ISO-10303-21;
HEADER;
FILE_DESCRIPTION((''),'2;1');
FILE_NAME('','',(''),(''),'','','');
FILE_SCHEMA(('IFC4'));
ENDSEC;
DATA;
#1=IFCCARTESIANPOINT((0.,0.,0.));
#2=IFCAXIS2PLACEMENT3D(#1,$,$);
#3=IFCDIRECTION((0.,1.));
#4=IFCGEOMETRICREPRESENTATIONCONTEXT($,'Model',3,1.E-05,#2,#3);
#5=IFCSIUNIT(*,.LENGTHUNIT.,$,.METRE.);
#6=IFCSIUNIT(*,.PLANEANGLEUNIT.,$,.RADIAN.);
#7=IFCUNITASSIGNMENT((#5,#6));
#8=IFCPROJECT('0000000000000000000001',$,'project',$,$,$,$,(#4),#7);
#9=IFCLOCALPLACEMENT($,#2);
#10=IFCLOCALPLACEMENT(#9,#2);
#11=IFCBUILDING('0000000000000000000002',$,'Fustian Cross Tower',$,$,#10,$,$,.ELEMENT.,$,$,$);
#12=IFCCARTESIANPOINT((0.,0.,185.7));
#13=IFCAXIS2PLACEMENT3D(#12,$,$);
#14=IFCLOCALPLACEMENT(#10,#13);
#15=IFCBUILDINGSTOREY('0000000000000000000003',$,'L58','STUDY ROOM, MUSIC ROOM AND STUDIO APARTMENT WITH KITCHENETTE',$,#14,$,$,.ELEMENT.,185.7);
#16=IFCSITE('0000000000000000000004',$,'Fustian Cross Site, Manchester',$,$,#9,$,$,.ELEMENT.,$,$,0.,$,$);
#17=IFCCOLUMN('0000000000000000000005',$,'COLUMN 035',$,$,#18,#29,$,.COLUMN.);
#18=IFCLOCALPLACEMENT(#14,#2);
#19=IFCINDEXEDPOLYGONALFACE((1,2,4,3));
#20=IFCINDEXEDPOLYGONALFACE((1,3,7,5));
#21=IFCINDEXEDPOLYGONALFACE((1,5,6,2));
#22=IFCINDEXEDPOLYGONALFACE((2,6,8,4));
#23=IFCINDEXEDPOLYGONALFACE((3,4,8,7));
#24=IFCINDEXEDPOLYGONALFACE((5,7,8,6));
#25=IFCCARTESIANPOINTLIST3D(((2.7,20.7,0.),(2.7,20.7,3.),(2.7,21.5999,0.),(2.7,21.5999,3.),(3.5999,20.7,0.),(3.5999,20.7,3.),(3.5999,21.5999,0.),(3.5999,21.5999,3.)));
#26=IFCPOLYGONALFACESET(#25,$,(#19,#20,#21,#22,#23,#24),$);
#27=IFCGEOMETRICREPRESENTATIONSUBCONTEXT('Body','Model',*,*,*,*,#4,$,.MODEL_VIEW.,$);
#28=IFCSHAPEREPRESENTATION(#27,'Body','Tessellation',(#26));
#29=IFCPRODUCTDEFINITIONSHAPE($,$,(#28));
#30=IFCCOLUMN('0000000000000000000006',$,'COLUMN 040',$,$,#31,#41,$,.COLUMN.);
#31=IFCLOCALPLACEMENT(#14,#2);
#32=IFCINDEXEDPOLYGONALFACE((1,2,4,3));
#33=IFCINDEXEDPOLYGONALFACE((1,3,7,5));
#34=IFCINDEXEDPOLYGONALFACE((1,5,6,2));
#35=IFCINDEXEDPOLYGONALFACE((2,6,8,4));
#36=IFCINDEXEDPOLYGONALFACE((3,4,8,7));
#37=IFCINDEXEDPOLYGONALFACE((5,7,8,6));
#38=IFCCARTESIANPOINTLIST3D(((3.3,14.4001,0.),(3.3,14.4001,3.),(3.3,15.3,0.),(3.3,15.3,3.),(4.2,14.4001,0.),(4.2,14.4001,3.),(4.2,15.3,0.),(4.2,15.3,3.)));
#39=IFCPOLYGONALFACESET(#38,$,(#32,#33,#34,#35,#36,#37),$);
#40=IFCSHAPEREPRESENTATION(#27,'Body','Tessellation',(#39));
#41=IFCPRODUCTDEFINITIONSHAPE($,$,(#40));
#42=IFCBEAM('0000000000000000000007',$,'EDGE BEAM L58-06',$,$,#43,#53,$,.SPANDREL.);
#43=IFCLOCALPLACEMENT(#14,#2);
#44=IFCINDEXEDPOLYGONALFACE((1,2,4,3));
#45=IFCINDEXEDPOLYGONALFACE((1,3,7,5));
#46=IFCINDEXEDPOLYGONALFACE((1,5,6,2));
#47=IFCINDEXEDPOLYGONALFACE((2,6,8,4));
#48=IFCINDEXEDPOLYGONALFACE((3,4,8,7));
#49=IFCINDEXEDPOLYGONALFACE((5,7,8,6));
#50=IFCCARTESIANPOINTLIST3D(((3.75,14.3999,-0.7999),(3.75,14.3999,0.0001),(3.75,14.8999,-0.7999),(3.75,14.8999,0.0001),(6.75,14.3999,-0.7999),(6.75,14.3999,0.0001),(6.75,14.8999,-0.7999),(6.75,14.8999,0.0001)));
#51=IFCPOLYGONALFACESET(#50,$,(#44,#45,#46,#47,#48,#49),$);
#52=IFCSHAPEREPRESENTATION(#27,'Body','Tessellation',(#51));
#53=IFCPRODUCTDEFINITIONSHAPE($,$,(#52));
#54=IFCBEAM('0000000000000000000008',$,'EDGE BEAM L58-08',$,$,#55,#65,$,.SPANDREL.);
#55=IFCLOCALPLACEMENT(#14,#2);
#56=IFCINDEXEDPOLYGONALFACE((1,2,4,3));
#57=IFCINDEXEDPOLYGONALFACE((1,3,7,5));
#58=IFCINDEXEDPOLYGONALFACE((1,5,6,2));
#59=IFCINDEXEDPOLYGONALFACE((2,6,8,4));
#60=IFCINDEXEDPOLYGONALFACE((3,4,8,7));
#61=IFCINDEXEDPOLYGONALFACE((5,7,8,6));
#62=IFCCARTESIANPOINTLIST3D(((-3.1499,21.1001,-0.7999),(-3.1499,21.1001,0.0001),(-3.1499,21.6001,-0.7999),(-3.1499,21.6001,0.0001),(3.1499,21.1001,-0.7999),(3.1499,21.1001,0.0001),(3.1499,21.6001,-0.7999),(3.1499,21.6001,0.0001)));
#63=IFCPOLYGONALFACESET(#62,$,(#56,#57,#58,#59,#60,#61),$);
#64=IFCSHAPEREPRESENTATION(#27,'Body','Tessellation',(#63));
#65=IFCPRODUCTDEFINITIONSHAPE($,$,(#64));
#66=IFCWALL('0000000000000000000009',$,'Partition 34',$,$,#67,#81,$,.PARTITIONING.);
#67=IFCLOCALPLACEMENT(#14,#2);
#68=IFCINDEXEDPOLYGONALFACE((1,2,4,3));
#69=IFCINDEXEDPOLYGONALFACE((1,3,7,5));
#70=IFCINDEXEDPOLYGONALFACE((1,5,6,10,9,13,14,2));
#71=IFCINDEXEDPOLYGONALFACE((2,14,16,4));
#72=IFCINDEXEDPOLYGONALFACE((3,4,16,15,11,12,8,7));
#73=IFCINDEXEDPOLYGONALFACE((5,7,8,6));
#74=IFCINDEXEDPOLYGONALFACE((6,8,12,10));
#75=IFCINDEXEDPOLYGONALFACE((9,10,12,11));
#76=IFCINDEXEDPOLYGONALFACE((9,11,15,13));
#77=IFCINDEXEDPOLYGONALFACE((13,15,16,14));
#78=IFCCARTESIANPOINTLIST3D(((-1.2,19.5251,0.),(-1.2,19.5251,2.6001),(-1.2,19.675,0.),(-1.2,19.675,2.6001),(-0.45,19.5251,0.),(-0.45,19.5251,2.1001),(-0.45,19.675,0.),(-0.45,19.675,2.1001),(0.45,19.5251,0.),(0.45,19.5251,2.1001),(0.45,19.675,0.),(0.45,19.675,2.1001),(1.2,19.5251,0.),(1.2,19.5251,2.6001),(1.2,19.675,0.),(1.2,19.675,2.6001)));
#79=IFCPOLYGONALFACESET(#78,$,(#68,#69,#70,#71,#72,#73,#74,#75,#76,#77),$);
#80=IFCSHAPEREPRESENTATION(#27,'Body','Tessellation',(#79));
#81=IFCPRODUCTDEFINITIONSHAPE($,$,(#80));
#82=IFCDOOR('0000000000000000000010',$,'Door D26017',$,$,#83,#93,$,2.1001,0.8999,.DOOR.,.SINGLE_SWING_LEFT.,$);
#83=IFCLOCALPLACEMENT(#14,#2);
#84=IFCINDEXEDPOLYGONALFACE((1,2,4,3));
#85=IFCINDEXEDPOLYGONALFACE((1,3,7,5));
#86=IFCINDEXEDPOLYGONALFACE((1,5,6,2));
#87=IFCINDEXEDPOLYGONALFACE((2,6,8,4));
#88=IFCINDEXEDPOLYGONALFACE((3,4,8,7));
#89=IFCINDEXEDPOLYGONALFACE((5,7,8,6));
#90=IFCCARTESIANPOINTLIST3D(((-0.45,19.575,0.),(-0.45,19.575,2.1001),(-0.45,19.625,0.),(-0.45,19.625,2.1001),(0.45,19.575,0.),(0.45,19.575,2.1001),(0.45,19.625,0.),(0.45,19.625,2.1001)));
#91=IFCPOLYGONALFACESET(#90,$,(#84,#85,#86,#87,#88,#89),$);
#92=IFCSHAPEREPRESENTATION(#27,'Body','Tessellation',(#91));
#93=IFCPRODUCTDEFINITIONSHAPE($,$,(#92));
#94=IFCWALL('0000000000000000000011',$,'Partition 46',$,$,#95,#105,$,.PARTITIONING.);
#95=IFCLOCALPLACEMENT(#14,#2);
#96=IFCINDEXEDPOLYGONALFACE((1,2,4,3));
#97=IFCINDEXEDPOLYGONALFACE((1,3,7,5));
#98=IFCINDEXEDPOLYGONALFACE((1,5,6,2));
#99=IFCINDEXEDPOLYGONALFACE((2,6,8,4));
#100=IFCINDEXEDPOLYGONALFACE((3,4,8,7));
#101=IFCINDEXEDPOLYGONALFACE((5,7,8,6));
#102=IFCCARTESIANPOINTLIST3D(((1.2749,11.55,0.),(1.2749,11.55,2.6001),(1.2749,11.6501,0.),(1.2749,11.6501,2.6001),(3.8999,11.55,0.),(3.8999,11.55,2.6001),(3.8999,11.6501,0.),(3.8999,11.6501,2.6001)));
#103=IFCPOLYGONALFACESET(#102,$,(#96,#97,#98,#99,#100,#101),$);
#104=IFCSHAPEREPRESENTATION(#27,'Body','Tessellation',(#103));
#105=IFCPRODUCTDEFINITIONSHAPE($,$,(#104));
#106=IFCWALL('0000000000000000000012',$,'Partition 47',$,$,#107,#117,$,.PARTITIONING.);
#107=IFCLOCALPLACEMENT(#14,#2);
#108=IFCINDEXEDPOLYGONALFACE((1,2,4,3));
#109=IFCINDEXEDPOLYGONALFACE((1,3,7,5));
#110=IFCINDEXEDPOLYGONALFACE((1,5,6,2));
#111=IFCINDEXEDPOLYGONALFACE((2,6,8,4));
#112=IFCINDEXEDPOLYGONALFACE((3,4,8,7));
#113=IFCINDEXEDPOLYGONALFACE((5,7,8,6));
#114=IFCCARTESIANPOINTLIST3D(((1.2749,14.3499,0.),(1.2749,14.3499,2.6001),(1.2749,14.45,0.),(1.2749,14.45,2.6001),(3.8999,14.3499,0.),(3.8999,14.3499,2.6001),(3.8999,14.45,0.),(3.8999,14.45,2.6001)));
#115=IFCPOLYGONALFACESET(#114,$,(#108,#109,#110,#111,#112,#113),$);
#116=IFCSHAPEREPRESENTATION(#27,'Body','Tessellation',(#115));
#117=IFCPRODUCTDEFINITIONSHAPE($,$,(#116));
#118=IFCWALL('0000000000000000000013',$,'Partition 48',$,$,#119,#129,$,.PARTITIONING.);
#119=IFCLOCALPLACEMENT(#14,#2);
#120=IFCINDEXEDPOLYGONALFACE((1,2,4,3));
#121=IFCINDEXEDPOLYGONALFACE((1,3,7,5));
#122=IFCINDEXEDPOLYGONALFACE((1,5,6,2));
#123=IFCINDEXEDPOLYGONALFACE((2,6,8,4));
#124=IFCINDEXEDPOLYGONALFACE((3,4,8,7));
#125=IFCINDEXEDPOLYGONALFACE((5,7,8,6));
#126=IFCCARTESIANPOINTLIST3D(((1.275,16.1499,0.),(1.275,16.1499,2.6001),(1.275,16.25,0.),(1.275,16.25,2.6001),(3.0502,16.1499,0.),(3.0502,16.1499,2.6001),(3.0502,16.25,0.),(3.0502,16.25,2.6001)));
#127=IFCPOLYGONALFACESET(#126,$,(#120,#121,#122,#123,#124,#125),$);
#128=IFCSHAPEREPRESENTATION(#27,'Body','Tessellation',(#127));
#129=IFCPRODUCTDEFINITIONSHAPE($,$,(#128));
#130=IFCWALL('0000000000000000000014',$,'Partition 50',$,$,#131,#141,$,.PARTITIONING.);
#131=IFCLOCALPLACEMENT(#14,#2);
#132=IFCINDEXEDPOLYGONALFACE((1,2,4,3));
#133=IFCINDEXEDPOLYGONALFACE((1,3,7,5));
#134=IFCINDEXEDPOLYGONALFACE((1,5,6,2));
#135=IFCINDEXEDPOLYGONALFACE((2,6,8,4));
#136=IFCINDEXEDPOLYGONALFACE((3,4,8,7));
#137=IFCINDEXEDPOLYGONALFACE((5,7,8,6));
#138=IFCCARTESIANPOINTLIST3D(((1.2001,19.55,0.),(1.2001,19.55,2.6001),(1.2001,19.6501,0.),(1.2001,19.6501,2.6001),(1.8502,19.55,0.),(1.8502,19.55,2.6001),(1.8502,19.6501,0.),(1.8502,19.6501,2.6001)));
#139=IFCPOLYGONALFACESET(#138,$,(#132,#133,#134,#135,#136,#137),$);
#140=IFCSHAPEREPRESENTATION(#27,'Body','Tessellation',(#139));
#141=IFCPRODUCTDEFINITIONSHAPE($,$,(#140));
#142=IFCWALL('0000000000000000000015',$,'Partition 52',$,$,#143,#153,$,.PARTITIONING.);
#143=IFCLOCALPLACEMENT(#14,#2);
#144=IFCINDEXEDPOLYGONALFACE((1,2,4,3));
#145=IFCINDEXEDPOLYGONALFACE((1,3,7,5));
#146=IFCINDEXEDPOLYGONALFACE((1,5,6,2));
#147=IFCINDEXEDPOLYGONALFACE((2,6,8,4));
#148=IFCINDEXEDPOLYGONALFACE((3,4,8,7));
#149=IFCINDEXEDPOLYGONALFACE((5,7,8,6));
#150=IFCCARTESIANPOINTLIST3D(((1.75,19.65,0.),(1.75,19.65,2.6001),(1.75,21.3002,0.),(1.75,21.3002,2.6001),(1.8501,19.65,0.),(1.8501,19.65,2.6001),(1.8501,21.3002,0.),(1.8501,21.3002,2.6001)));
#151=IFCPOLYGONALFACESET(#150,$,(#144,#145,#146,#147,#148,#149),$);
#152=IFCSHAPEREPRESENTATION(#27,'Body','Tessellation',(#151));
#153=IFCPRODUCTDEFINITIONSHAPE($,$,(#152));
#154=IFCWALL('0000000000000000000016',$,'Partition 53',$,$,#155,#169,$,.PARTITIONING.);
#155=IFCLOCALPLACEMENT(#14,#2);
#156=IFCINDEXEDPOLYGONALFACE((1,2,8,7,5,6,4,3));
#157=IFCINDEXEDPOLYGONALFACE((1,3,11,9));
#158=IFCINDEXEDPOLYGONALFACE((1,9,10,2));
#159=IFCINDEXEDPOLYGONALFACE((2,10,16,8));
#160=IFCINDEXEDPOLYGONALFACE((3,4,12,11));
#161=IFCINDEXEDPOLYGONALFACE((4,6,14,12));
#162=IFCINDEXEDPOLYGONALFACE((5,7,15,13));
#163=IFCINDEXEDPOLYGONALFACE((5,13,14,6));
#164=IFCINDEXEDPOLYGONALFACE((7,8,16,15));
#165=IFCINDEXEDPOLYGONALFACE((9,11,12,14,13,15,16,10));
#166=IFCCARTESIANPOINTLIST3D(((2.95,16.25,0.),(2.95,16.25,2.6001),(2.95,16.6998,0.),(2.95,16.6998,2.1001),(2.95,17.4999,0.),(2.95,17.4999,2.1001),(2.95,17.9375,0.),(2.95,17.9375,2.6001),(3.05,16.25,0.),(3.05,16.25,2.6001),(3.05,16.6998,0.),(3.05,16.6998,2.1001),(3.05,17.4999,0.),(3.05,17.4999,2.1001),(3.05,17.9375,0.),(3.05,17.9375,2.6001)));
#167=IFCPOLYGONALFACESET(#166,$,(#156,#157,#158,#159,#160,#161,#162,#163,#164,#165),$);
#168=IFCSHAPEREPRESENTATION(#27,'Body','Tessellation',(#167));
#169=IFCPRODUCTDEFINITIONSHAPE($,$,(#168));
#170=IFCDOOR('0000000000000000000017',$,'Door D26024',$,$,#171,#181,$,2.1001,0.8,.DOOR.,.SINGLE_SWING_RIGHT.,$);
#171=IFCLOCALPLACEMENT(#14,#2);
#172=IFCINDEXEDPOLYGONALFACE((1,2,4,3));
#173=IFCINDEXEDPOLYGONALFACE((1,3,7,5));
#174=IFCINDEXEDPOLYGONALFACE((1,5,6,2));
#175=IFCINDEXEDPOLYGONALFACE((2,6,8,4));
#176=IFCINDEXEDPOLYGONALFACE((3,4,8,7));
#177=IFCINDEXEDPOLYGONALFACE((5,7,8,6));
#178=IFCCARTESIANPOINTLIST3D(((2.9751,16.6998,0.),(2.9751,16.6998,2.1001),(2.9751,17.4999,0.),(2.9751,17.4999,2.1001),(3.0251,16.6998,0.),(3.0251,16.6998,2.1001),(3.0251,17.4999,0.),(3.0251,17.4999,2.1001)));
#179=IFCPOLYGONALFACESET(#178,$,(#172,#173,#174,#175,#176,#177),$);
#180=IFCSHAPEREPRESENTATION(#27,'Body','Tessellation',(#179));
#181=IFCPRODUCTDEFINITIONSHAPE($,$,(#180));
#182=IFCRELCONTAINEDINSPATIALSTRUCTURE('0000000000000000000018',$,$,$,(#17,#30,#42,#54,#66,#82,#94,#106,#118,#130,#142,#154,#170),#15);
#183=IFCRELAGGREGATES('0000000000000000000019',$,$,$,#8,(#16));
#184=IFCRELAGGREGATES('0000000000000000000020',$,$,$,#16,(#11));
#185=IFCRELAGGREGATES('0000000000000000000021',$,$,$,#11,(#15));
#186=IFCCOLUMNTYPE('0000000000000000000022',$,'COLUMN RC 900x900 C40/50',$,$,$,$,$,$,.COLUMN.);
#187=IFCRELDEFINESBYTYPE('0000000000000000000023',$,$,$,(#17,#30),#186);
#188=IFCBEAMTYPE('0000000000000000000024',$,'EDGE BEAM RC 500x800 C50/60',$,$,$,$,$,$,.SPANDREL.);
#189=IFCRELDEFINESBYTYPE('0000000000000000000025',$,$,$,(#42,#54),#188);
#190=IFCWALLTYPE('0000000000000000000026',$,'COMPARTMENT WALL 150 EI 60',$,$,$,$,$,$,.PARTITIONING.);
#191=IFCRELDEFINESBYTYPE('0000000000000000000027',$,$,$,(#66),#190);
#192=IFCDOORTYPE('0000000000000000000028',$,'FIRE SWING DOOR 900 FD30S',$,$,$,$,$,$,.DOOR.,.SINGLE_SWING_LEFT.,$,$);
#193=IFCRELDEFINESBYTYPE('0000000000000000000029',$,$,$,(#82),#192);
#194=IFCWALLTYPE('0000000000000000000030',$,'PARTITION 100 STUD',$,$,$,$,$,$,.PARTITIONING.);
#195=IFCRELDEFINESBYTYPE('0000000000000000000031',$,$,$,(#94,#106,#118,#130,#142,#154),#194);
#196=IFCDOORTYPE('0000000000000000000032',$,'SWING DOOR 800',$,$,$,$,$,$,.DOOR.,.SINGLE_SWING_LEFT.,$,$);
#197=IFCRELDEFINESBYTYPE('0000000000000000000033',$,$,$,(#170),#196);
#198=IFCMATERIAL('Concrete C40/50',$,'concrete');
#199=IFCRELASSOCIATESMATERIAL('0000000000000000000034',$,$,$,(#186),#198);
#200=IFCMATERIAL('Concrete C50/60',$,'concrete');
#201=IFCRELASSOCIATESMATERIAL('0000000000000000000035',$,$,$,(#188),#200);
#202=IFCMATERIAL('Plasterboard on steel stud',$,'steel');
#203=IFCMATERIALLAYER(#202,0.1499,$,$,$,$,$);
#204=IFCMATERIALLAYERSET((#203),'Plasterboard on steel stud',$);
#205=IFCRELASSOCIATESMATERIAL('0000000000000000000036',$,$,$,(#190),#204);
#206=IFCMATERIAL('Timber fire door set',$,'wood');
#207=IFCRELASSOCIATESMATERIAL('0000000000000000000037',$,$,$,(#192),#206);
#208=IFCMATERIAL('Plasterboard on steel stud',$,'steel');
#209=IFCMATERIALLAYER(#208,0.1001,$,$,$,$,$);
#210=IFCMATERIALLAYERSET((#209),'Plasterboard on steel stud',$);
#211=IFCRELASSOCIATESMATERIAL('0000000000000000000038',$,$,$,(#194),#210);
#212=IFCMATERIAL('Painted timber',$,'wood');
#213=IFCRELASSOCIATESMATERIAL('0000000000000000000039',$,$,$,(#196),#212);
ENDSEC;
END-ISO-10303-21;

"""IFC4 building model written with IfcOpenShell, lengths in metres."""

from ifc_helpers import new_model, si_unit, direction, frame, frame_2d, origin, origin_2d, place, context, subcontext, project, spatial, rectangle, extrude, material, layer, layer_set, material_profile, profile_set, type_object, element, fill, save


model = new_model("IFC4")

# Units and contexts
model_context = context("Model", 3, precision=1e-05, world=origin(), true_north=direction((0.0, 1.0)))
body_context = subcontext(model_context, "Body", "Model", "MODEL_VIEW")
ifc_project = project(units=[si_unit("LENGTHUNIT", "METRE"), si_unit("PLANEANGLEUNIT", "RADIAN")], contexts=[model_context])

# Site, building, storey
site_placement = place(None, origin())
site = spatial("IfcSite", under=ifc_project, at=site_placement, Name="Fustian Cross Site, Manchester", CompositionType="ELEMENT", RefElevation=0.0)
building_placement = place(site_placement, origin())
building = spatial("IfcBuilding", under=site, at=building_placement, Name="Fustian Cross Tower", CompositionType="ELEMENT")
storey_placement = place(building_placement, frame((0.0, 0.0, 185.7)))
storey = spatial("IfcBuildingStorey", under=building, at=storey_placement, Name="L58", Description="STUDY ROOM, MUSIC ROOM AND STUDIO APARTMENT WITH KITCHENETTE", CompositionType="ELEMENT", Elevation=185.7)

# Columns
ifc_material_1 = material(Name="Concrete C40/50", Category="concrete")
ifc_material_profile_1 = material_profile(ifc_material_1, rectangle(XDim=0.8999, YDim=0.8999, at=origin_2d()), Name="RC 900x900")
ifc_profile_set_1 = profile_set([ifc_material_profile_1], Name="Concrete C40/50")
column_type = type_object("IfcColumnType", Name="COLUMN RC 900x900 C40/50", PredefinedType="COLUMN", material=ifc_profile_set_1)
for number, where, z_axis, x_axis, name in (
    (1, (3.1499, 21.1499, 0.0), (0.0, 0.0, 1.0), (1.0, 0.0, 0.0), "COLUMN 035"),
    (2, (3.75, 14.8501, 0.0), (0.0, 0.0, 1.0), (1.0, 0.0, 0.0), "COLUMN 040"),
):
    element("IfcColumn", number, at=place(storey_placement, frame(where, z_axis=z_axis, x_axis=x_axis)), inside=storey, type_object=column_type, Name=name, PredefinedType="COLUMN", context=body_context, shape_type="SweptSolid", body=[
        extrude(rectangle(XDim=0.8999, YDim=0.8999, at=origin_2d()), origin(), (0.0, 0.0, 1.0), 3.0),
    ])

# Beams
ifc_material_2 = material(Name="Concrete C50/60", Category="concrete")
ifc_material_profile_2 = material_profile(ifc_material_2, rectangle(XDim=0.5, YDim=0.8, at=origin_2d()), Name="RC 500x800")
ifc_profile_set_2 = profile_set([ifc_material_profile_2], Name="Concrete C50/60")
beam_type = type_object("IfcBeamType", Name="EDGE BEAM RC 500x800 C50/60", PredefinedType="SPANDREL", material=ifc_profile_set_2)
beam_1_placement = place(storey_placement, frame((3.75, 14.6499, -0.3999), z_axis=(1.0, 0.0, 0.0), x_axis=(0.0, 1.0, 0.0)))
element("IfcBeam", 3, at=beam_1_placement, inside=storey, type_object=beam_type, Name="EDGE BEAM L58-06", PredefinedType="SPANDREL", context=body_context, shape_type="SweptSolid", body=[
    extrude(rectangle(XDim=0.5, YDim=0.8, at=origin_2d()), origin(), (0.0, 0.0, 1.0), 3.0),
])
beam_2_placement = place(storey_placement, frame((3.1499, 21.3501, -0.3999), z_axis=(-1.0, 0.0, 0.0), x_axis=(0.0, -1.0, 0.0)))
element("IfcBeam", 4, at=beam_2_placement, inside=storey, type_object=beam_type, Name="EDGE BEAM L58-08", PredefinedType="SPANDREL", context=body_context, shape_type="SweptSolid", body=[
    extrude(rectangle(XDim=0.5, YDim=0.8, at=origin_2d()), origin(), (0.0, 0.0, 1.0), 6.2998),
])

# Wall, opening, door
ifc_material_3 = material(Name="Plasterboard on steel stud", Category="steel")
ifc_layer_1 = layer(ifc_material_3, 0.1499)
ifc_layer_set_1 = layer_set([ifc_layer_1], Name="Plasterboard on steel stud")
wall_type_1 = type_object("IfcWallType", Name="COMPARTMENT WALL 150 EI 60", PredefinedType="PARTITIONING", material=ifc_layer_set_1)
wall_1_placement = place(storey_placement, frame((-1.2, 19.6001, 0.0), z_axis=(0.0, 0.0, 1.0), x_axis=(1.0, 0.0, 0.0)))
wall_1 = element("IfcWall", 5, at=wall_1_placement, inside=storey, type_object=wall_type_1, Name="Partition 34", PredefinedType="PARTITIONING", context=body_context, shape_type="SweptSolid", body=[
    extrude(rectangle(XDim=2.3999, YDim=0.1499, at=frame_2d((1.2, 0.0))), origin(), (0.0, 0.0, 1.0), 2.6001),
])
opening_1_placement = place(wall_1_placement, frame((0.75, 0.0, 0.0)))
opening_1 = element("IfcOpeningElement", 6, at=opening_1_placement, cuts=wall_1, PredefinedType="OPENING", context=body_context, shape_type="SweptSolid", body=[
    extrude(rectangle(XDim=0.8999, YDim=2.1001, at=frame_2d((0.45, 1.05))), frame((0.0, 0.085, 0.0), z_axis=(0.0, -1.0, 0.0), x_axis=(1.0, 0.0, 0.0)), (0.0, 0.0, 1.0), 0.1699),
])
ifc_material_4 = material(Name="Timber fire door set", Category="wood")
door_type_1 = type_object("IfcDoorType", Name="FIRE SWING DOOR 900 FD30S", OperationType="SINGLE_SWING_LEFT", PredefinedType="DOOR", material=ifc_material_4)
door_1_placement = place(opening_1_placement, origin())
door_1 = element("IfcDoor", 7, at=door_1_placement, inside=storey, type_object=door_type_1, Name="Door D26017", OperationType="SINGLE_SWING_LEFT", OverallHeight=2.1001, OverallWidth=0.8999, PredefinedType="DOOR", context=body_context, shape_type="SweptSolid", body=[
    extrude(rectangle(XDim=0.8999, YDim=2.1001, at=frame_2d((0.45, 1.05))), frame((0.0, 0.0249, 0.0), z_axis=(0.0, -1.0, 0.0), x_axis=(1.0, 0.0, 0.0)), (0.0, 0.0, 1.0), 0.05),
])
fill(opening_1, door_1)

# Walls
ifc_material_5 = material(Name="Plasterboard on steel stud", Category="steel")
ifc_layer_2 = layer(ifc_material_5, 0.1001)
ifc_layer_set_2 = layer_set([ifc_layer_2], Name="Plasterboard on steel stud")
wall_type_2 = type_object("IfcWallType", Name="PARTITION 100 STUD", PredefinedType="PARTITIONING", material=ifc_layer_set_2)
for number, where, z_axis, x_axis, name in (
    (8, (1.2749, 11.6001, 0.0), (0.0, 0.0, 1.0), (1.0, 0.0, 0.0), "Partition 46"),
    (9, (1.2749, 14.3999, 0.0), (0.0, 0.0, 1.0), (1.0, 0.0, 0.0), "Partition 47"),
):
    element("IfcWall", number, at=place(storey_placement, frame(where, z_axis=z_axis, x_axis=x_axis)), inside=storey, type_object=wall_type_2, Name=name, PredefinedType="PARTITIONING", context=body_context, shape_type="SweptSolid", body=[
        extrude(rectangle(XDim=2.625, YDim=0.1001, at=frame_2d((1.3125, 0.0))), origin(), (0.0, 0.0, 1.0), 2.6001),
    ])
wall_2_placement = place(storey_placement, frame((1.2749, 16.2, 0.0), z_axis=(0.0, 0.0, 1.0), x_axis=(1.0, 0.0, 0.0)))
element("IfcWall", 10, at=wall_2_placement, inside=storey, type_object=wall_type_2, Name="Partition 48", PredefinedType="PARTITIONING", context=body_context, shape_type="SweptSolid", body=[
    extrude(rectangle(XDim=1.7751, YDim=0.1001, at=frame_2d((0.8877, 0.0))), origin(), (0.0, 0.0, 1.0), 2.6001),
])
wall_3_placement = place(storey_placement, frame((1.2, 19.6001, 0.0), z_axis=(0.0, 0.0, 1.0), x_axis=(1.0, 0.0, 0.0)))
element("IfcWall", 11, at=wall_3_placement, inside=storey, type_object=wall_type_2, Name="Partition 50", PredefinedType="PARTITIONING", context=body_context, shape_type="SweptSolid", body=[
    extrude(rectangle(XDim=0.6501, YDim=0.1001, at=frame_2d((0.3252, 0.0))), origin(), (0.0, 0.0, 1.0), 2.6001),
])
wall_4_placement = place(storey_placement, frame((1.8, 19.6499, 0.0), z_axis=(0.0, 0.0, 1.0), x_axis=(0.0, 1.0, 0.0)))
element("IfcWall", 12, at=wall_4_placement, inside=storey, type_object=wall_type_2, Name="Partition 52", PredefinedType="PARTITIONING", context=body_context, shape_type="SweptSolid", body=[
    extrude(rectangle(XDim=1.6501, YDim=0.1001, at=frame_2d((0.8252, 0.0))), origin(), (0.0, 0.0, 1.0), 2.6001),
])

# Wall, opening, door
wall_5_placement = place(storey_placement, frame((3.0, 16.25, 0.0), z_axis=(0.0, 0.0, 1.0), x_axis=(0.0, 1.0, 0.0)))
wall_5 = element("IfcWall", 13, at=wall_5_placement, inside=storey, type_object=wall_type_2, Name="Partition 53", PredefinedType="PARTITIONING", context=body_context, shape_type="SweptSolid", body=[
    extrude(rectangle(XDim=1.6875, YDim=0.1001, at=frame_2d((0.8438, 0.0))), origin(), (0.0, 0.0, 1.0), 2.6001),
])
opening_2_placement = place(wall_5_placement, frame((0.45, 0.0, 0.0)))
opening_2 = element("IfcOpeningElement", 14, at=opening_2_placement, cuts=wall_5, PredefinedType="OPENING", context=body_context, shape_type="SweptSolid", body=[
    extrude(rectangle(XDim=0.8, YDim=2.1001, at=frame_2d((0.3999, 1.05))), frame((0.0, 0.0601, 0.0), z_axis=(0.0, -1.0, 0.0), x_axis=(1.0, 0.0, 0.0)), (0.0, 0.0, 1.0), 0.1201),
])
ifc_material_6 = material(Name="Painted timber", Category="wood")
door_type_2 = type_object("IfcDoorType", Name="SWING DOOR 800", OperationType="SINGLE_SWING_LEFT", PredefinedType="DOOR", material=ifc_material_6)
door_2_placement = place(opening_2_placement, origin())
door_2 = element("IfcDoor", 15, at=door_2_placement, inside=storey, type_object=door_type_2, Name="Door D26024", OperationType="SINGLE_SWING_RIGHT", OverallHeight=2.1001, OverallWidth=0.8, PredefinedType="DOOR", context=body_context, shape_type="SweptSolid", body=[
    extrude(rectangle(XDim=0.8, YDim=2.1001, at=frame_2d((0.3999, 1.05))), frame((0.0, 0.0249, 0.0), z_axis=(0.0, -1.0, 0.0), x_axis=(1.0, 0.0, 0.0)), (0.0, 0.0, 1.0), 0.05),
])
fill(opening_2, door_2)

save(model, "model.ifc")
